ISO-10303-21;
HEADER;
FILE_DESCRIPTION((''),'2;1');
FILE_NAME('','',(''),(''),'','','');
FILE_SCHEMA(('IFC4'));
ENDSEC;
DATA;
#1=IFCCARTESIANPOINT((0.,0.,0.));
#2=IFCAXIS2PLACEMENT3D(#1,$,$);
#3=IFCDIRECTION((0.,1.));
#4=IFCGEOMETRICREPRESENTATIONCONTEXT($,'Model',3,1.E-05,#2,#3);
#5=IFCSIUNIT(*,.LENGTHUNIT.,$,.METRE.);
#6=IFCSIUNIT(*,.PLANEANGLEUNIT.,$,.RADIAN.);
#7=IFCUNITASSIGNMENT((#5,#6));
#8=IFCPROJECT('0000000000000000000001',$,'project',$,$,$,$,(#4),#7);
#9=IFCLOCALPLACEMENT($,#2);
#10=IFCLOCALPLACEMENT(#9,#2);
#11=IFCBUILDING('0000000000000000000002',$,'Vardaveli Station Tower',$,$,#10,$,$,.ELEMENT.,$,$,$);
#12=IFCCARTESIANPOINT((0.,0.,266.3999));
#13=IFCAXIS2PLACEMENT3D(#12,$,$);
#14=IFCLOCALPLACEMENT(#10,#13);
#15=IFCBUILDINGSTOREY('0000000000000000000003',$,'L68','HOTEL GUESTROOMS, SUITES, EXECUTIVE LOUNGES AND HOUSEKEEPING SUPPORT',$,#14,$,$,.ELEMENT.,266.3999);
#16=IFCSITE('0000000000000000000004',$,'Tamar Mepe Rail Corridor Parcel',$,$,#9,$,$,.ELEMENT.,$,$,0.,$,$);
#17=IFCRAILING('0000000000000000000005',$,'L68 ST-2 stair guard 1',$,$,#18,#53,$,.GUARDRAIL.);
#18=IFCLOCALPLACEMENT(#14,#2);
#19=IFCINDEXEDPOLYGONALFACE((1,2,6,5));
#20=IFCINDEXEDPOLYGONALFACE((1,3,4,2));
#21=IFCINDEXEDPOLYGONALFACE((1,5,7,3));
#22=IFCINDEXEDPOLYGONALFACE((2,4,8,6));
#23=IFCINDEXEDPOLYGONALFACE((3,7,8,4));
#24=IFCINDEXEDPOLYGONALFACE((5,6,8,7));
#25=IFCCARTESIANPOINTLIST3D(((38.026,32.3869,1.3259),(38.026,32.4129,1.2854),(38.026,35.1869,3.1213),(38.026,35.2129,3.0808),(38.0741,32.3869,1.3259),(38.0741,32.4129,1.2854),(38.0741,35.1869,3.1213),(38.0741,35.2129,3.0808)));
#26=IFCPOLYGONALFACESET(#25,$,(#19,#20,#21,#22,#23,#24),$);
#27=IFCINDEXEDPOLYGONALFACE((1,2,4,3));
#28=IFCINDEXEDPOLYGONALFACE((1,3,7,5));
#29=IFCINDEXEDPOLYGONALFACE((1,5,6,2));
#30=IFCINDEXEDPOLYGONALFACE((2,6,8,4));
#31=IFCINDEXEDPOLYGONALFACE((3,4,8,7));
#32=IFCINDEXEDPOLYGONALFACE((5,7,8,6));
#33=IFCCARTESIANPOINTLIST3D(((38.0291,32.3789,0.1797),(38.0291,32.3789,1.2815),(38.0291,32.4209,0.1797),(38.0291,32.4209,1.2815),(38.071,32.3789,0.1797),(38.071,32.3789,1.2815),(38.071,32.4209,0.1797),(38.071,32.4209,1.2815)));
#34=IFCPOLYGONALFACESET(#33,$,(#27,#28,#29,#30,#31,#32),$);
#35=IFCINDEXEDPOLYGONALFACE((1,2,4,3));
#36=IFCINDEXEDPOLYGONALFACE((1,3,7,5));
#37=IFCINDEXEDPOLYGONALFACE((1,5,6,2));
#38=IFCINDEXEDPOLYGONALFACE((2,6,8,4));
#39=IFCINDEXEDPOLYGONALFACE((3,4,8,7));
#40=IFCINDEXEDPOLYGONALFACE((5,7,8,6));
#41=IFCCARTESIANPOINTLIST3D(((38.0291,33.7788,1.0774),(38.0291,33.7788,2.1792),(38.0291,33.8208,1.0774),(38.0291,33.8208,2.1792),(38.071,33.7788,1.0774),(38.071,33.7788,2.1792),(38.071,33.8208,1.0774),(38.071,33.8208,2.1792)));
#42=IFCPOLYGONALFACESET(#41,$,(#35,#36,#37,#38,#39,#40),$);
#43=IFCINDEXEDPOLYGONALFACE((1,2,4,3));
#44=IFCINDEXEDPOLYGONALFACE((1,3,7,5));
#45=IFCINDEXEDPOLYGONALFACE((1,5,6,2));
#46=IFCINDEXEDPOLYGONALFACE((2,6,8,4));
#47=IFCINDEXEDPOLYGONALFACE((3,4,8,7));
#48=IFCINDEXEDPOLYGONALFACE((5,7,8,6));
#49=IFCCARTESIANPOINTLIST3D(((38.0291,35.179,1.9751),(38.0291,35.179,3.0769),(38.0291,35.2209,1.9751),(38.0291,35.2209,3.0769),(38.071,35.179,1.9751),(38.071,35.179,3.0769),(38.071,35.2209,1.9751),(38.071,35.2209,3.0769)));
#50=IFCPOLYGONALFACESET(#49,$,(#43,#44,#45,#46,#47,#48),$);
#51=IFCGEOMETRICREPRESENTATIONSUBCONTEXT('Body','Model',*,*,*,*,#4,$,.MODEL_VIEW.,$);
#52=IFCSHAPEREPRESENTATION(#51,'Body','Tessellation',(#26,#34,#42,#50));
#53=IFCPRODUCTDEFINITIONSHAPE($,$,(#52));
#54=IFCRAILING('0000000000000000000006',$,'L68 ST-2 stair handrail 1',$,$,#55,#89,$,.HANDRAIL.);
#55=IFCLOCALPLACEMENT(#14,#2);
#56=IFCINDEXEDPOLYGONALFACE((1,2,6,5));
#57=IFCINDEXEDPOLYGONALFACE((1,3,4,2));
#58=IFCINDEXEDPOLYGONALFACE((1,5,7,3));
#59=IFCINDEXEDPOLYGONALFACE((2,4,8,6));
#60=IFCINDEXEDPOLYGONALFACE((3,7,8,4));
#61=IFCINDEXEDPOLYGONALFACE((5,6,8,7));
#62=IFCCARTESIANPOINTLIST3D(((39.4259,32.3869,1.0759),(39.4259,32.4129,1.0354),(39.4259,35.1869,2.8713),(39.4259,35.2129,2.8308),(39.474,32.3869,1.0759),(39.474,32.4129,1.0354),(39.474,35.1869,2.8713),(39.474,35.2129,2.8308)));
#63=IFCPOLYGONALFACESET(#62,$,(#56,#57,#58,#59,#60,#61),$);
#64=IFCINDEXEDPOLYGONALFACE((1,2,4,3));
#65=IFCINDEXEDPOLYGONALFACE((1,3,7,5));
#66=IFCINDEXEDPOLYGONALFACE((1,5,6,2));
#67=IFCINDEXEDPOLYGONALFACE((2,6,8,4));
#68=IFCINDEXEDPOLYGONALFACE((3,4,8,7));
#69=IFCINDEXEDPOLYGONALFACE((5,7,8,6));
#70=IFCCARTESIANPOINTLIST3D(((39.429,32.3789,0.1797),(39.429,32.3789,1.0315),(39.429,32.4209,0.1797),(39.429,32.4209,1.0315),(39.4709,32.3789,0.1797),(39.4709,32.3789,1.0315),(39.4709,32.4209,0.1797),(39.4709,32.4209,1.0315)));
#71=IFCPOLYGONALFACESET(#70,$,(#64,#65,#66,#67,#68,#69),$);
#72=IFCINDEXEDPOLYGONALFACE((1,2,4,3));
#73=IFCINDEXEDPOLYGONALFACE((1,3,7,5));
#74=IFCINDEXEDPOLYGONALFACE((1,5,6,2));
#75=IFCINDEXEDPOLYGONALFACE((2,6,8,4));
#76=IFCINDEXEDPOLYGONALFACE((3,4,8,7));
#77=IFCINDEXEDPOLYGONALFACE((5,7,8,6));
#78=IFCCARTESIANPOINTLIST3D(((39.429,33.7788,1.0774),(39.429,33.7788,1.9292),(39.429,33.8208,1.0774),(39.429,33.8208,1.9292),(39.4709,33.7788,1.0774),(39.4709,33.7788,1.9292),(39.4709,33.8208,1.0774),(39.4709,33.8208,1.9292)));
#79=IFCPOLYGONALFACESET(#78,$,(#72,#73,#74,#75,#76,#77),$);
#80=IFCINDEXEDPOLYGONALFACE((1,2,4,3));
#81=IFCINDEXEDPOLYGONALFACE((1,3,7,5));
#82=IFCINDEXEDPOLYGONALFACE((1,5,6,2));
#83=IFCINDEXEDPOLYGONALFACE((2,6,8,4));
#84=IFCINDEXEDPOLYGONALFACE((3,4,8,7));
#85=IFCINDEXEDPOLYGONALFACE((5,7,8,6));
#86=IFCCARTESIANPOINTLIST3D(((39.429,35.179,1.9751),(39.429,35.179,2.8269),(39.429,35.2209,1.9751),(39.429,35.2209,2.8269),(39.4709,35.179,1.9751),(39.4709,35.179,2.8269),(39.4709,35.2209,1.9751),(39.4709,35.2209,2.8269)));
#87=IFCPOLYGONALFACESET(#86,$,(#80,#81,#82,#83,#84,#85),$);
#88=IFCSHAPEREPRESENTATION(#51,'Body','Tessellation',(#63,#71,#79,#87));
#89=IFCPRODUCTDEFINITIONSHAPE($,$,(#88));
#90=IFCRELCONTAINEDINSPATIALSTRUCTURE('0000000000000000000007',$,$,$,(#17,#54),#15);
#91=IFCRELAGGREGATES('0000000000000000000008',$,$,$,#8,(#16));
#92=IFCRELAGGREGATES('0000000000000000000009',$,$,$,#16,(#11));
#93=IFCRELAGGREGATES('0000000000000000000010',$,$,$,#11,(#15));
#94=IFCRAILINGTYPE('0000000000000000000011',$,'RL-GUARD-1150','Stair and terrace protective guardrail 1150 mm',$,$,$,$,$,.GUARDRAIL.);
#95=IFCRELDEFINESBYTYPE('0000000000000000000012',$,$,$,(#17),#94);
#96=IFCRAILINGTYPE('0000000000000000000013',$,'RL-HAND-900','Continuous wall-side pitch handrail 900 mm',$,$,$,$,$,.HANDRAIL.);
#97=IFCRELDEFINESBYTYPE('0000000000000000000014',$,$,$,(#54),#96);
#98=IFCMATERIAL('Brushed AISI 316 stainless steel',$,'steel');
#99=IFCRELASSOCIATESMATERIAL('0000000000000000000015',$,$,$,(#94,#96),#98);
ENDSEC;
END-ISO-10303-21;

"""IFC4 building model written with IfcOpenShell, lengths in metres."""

from ifc_helpers import new_model, si_unit, direction, frame, origin, origin_2d, place, context, subcontext, project, spatial, rectangle, extrude, source, transform, mapped, material, type_object, element, save


model = new_model("IFC4")

# Units and contexts
model_context = context("Model", 3, precision=1e-05, world=origin(), true_north=direction((0.0, 1.0)))
body_context = subcontext(model_context, "Body", "Model", "MODEL_VIEW")
ifc_project = project(units=[si_unit("LENGTHUNIT", "METRE"), si_unit("PLANEANGLEUNIT", "RADIAN")], contexts=[model_context])

# Site, building, storey
site_placement = place(None, origin())
site = spatial("IfcSite", under=ifc_project, at=site_placement, Name="Tamar Mepe Rail Corridor Parcel", CompositionType="ELEMENT", RefElevation=0.0)
building_placement = place(site_placement, origin())
building = spatial("IfcBuilding", under=site, at=building_placement, Name="Vardaveli Station Tower", CompositionType="ELEMENT")
storey_placement = place(building_placement, frame((0.0, 0.0, 266.3999)))
storey = spatial("IfcBuildingStorey", under=building, at=storey_placement, Name="L68", Description="HOTEL GUESTROOMS, SUITES, EXECUTIVE LOUNGES AND HOUSEKEEPING SUPPORT", CompositionType="ELEMENT", Elevation=266.3999)

# Railings
ifc_material_1 = material(Name="Brushed AISI 316 stainless steel", Category="steel")
railing_type_1 = type_object("IfcRailingType", Name="RL-GUARD-1150", Description="Stair and terrace protective guardrail 1150 mm", PredefinedType="GUARDRAIL", material=ifc_material_1)
shared_shape_1 = source(origin(), body_context, "Body", "SweptSolid", [
    extrude(rectangle(XDim=0.0481, YDim=0.0481, at=origin_2d()), frame((0.0, 0.0, 1.126), z_axis=(0.0, 0.84181, 0.539774), x_axis=(-1.0, 0.0, 0.0)), (0.0, 0.0, 1.0), 3.3262),
    extrude(rectangle(XDim=0.042, YDim=0.042, at=origin_2d()), origin(), (0.0, 0.0, 1.0), 1.1018),
    extrude(rectangle(XDim=0.042, YDim=0.042, at=origin_2d()), frame((0.0, 1.3999, 0.8977)), (0.0, 0.0, 1.0), 1.1018),
    extrude(rectangle(XDim=0.042, YDim=0.042, at=origin_2d()), frame((0.0, 2.8, 1.7954)), (0.0, 0.0, 1.0), 1.1018),
])
railing_1_placement = place(storey_placement, frame((38.05, 32.3999, 0.1797)))
element("IfcRailing", 1, at=railing_1_placement, inside=storey, type_object=railing_type_1, Name="L68 ST-2 stair guard 1", PredefinedType="GUARDRAIL", context=body_context, shape_type="MappedRepresentation", body=[
    mapped(shared_shape_1, transform((0.0, 0.0, 0.0), scale=1.0)),
])
railing_type_2 = type_object("IfcRailingType", Name="RL-HAND-900", Description="Continuous wall-side pitch handrail 900 mm", PredefinedType="HANDRAIL", material=ifc_material_1)
shared_shape_2 = source(origin(), body_context, "Body", "SweptSolid", [
    extrude(rectangle(XDim=0.0481, YDim=0.0481, at=origin_2d()), frame((0.0, 0.0, 0.876), z_axis=(0.0, 0.84181, 0.539774), x_axis=(-1.0, 0.0, 0.0)), (0.0, 0.0, 1.0), 3.3262),
    extrude(rectangle(XDim=0.042, YDim=0.042, at=origin_2d()), origin(), (0.0, 0.0, 1.0), 0.8518),
    extrude(rectangle(XDim=0.042, YDim=0.042, at=origin_2d()), frame((0.0, 1.3999, 0.8977)), (0.0, 0.0, 1.0), 0.8518),
    extrude(rectangle(XDim=0.042, YDim=0.042, at=origin_2d()), frame((0.0, 2.8, 1.7954)), (0.0, 0.0, 1.0), 0.8518),
])
railing_2_placement = place(storey_placement, frame((39.45, 32.3999, 0.1797)))
element("IfcRailing", 2, at=railing_2_placement, inside=storey, type_object=railing_type_2, Name="L68 ST-2 stair handrail 1", PredefinedType="HANDRAIL", context=body_context, shape_type="MappedRepresentation", body=[
    mapped(shared_shape_2, transform((0.0, 0.0, 0.0), scale=1.0)),
])

save(model, "model.ifc")
